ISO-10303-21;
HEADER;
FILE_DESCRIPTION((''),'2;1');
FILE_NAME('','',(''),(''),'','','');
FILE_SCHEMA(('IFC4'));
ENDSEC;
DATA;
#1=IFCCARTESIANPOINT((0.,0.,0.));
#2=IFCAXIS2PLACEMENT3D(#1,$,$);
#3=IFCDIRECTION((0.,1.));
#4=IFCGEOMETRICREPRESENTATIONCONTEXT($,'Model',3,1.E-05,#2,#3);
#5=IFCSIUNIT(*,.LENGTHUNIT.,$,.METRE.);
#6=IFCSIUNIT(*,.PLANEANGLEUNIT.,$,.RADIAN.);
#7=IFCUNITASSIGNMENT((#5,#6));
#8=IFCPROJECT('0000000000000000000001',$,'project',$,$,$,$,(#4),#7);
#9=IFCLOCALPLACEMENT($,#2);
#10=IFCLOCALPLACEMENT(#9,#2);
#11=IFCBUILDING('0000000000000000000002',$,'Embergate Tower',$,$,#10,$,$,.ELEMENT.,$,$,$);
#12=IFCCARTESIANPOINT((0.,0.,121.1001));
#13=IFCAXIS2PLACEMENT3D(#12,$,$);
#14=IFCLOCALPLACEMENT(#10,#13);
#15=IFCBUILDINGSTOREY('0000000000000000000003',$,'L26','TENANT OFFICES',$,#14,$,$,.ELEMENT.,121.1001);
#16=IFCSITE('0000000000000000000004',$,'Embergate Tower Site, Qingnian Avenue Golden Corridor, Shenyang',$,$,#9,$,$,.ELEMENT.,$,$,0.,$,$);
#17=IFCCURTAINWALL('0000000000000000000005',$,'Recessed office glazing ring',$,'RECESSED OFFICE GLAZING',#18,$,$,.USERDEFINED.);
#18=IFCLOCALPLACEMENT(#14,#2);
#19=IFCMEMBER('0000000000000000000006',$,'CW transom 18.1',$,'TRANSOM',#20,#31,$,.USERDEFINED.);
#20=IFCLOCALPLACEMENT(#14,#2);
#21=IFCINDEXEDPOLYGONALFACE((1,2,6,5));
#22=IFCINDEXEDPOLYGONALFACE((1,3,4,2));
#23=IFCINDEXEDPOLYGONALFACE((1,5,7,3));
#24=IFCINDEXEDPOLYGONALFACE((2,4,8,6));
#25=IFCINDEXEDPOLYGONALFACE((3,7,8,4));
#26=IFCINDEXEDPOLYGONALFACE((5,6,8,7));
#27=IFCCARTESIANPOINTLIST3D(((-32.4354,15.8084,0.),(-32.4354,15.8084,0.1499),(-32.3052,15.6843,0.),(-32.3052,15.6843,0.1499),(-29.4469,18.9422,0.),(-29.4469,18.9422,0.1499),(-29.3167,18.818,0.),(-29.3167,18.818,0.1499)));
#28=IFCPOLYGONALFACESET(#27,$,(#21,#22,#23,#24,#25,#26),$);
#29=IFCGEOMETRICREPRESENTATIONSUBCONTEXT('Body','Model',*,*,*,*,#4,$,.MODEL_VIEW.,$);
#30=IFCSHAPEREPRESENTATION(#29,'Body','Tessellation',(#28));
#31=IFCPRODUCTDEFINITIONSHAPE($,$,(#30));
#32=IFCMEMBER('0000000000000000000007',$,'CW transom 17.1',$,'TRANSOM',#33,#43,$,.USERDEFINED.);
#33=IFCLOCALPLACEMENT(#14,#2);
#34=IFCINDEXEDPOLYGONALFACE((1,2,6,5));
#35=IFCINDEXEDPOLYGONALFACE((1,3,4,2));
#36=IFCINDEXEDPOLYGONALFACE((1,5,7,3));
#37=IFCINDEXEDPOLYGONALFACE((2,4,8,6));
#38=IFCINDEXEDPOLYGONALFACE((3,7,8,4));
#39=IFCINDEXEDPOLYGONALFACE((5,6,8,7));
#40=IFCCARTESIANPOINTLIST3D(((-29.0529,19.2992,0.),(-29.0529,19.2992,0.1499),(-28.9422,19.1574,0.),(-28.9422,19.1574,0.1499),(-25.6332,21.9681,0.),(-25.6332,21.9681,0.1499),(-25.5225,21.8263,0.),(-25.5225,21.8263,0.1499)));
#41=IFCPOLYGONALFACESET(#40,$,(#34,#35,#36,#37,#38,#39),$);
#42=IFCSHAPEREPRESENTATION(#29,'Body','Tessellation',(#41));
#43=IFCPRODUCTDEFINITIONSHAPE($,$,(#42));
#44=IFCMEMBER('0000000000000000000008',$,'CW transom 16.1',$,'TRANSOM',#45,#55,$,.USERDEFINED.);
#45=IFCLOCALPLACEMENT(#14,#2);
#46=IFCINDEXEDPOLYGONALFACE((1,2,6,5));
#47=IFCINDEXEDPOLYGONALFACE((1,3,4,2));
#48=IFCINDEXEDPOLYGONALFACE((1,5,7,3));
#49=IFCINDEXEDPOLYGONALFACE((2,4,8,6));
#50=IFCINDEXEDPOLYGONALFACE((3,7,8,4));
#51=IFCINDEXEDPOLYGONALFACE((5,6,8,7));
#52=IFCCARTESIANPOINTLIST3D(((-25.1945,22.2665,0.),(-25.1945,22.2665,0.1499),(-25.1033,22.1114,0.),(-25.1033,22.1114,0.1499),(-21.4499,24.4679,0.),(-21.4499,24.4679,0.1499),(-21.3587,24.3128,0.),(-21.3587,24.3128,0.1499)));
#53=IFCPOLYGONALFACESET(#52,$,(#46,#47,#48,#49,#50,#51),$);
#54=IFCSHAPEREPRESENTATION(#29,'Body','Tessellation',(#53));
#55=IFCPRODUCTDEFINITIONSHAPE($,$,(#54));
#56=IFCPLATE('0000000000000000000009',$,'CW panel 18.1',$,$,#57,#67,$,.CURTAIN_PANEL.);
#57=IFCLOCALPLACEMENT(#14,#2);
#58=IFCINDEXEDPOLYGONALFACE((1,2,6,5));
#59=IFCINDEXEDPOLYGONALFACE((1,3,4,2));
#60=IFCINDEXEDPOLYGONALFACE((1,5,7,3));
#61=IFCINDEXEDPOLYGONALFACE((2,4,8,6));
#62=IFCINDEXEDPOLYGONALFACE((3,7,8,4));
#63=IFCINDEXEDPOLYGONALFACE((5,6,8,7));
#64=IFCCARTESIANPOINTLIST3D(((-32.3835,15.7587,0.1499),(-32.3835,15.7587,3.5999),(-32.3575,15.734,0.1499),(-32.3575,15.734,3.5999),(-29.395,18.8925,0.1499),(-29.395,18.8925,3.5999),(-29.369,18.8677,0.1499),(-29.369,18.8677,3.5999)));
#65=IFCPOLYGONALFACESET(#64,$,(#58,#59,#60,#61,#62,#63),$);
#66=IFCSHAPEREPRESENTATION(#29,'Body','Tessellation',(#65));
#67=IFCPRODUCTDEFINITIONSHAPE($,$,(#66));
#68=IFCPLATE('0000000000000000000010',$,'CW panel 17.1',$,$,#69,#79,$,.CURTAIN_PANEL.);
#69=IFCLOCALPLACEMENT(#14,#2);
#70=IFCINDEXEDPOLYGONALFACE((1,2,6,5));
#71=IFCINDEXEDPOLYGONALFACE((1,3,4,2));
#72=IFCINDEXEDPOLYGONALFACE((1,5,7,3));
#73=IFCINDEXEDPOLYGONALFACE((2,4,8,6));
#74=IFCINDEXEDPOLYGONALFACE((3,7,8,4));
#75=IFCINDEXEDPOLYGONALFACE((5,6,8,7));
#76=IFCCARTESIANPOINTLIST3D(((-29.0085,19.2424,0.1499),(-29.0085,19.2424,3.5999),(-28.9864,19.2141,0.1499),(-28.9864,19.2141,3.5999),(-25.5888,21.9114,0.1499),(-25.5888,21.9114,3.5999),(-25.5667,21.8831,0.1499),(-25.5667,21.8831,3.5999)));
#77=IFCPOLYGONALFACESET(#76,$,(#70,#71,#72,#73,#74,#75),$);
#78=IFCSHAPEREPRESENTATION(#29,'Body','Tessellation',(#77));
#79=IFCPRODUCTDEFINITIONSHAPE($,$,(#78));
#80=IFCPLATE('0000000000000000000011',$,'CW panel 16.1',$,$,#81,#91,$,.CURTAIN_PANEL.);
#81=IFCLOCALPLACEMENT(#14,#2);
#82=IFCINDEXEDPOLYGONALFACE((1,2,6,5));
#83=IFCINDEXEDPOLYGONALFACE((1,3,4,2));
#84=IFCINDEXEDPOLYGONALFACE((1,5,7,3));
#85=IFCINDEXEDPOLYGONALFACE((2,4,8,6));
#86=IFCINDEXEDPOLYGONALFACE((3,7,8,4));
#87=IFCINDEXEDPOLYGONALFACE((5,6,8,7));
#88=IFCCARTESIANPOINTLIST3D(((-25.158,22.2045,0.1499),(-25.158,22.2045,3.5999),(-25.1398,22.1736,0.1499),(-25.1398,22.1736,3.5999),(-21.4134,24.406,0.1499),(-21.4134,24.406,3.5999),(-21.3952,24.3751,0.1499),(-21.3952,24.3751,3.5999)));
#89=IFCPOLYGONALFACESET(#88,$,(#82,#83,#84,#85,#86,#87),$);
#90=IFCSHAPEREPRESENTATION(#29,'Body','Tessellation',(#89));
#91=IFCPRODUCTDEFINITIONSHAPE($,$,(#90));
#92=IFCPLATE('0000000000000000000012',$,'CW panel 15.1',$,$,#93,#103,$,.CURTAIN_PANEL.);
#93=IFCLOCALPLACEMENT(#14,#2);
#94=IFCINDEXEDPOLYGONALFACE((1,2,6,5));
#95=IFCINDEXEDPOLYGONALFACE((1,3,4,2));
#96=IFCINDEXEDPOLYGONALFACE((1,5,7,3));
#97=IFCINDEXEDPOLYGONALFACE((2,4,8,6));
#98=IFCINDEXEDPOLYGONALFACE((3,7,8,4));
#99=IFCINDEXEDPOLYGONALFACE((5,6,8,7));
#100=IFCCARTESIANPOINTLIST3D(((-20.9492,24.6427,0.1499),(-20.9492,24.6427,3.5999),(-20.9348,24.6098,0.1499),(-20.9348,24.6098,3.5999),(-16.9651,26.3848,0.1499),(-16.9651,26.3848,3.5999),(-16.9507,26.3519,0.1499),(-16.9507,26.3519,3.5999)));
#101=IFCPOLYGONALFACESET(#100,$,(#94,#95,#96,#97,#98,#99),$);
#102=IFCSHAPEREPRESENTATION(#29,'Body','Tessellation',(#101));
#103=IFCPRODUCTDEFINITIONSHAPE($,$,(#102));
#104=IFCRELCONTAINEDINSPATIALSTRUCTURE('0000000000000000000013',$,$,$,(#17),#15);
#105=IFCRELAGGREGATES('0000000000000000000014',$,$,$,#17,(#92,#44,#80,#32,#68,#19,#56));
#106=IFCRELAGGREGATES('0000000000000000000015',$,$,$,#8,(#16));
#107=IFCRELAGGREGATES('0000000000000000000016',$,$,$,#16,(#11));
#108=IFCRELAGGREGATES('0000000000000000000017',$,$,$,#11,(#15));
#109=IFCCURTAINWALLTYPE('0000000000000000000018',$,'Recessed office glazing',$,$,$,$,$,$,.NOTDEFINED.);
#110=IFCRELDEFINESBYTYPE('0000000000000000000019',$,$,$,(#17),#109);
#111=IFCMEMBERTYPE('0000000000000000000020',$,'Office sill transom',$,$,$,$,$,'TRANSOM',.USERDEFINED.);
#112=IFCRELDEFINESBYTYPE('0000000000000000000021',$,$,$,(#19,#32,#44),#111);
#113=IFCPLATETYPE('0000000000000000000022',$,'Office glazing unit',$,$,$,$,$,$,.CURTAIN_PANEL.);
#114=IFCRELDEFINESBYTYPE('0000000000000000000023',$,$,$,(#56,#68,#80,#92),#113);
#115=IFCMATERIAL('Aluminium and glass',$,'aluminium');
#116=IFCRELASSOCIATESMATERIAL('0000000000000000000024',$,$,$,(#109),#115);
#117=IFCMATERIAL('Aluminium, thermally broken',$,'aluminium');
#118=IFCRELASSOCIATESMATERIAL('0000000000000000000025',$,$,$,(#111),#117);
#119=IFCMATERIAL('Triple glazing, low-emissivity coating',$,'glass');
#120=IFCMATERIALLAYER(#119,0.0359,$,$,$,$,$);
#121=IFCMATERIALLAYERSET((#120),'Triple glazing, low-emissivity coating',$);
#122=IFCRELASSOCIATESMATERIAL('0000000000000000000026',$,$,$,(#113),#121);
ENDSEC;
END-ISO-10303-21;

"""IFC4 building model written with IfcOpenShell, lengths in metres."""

from ifc_helpers import new_model, si_unit, direction, frame, origin, origin_2d, place, context, subcontext, project, spatial, rectangle, extrude, source, transform, mapped, material, layer, layer_set, material_profile, profile_set, type_object, element, aggregate, save


model = new_model("IFC4")

# Units and contexts
model_context = context("Model", 3, precision=1e-05, world=origin(), true_north=direction((0.0, 1.0)))
body_context = subcontext(model_context, "Body", "Model", "MODEL_VIEW")
ifc_project = project(units=[si_unit("LENGTHUNIT", "METRE"), si_unit("PLANEANGLEUNIT", "RADIAN")], contexts=[model_context])

# Site, building, storey
site_placement = place(None, origin())
site = spatial("IfcSite", under=ifc_project, at=site_placement, Name="Embergate Tower Site, Qingnian Avenue Golden Corridor, Shenyang", CompositionType="ELEMENT", RefElevation=0.0)
building_placement = place(site_placement, origin())
building = spatial("IfcBuilding", under=site, at=building_placement, Name="Embergate Tower", CompositionType="ELEMENT")
storey_placement = place(building_placement, frame((0.0, 0.0, 121.1001)))
storey = spatial("IfcBuildingStorey", under=building, at=storey_placement, Name="L26", Description="TENANT OFFICES", CompositionType="ELEMENT", Elevation=121.1001)

# Curtain wall, members, plates
ifc_material_1 = material(Name="Aluminium and glass", Category="aluminium")
curtain_wall_type = type_object("IfcCurtainWallType", Name="Recessed office glazing", PredefinedType="NOTDEFINED", material=ifc_material_1)
curtain_wall_placement = place(storey_placement, origin())
curtain_wall = element("IfcCurtainWall", 1, at=curtain_wall_placement, inside=storey, type_object=curtain_wall_type, Name="Recessed office glazing ring", ObjectType="RECESSED OFFICE GLAZING", PredefinedType="USERDEFINED")
ifc_material_2 = material(Name="Aluminium, thermally broken", Category="aluminium")
ifc_material_profile_1 = material_profile(ifc_material_2, rectangle(XDim=0.1799, YDim=0.1499, at=origin_2d()), Name="AL 150x180")
ifc_profile_set_1 = profile_set([ifc_material_profile_1], Name="Aluminium, thermally broken")
member_type_1 = type_object("IfcMemberType", Name="Office sill transom", ElementType="TRANSOM", PredefinedType="USERDEFINED", material=ifc_profile_set_1)
shared_shape_1 = source(origin(), body_context, "Body", "SweptSolid", [
    extrude(rectangle(XDim=0.1799, YDim=0.1499, at=origin_2d()), origin(), (0.0, 0.0, 1.0), 4.3303),
])
member_1_placement = place(storey_placement, frame((-29.3818, 18.8801, 0.075), z_axis=(-0.690135, -0.723681, 0.0), x_axis=(0.723681, -0.690135, 0.0)))
member_1 = element("IfcMember", 2, at=member_1_placement, type_object=member_type_1, Name="CW transom 18.1", ObjectType="TRANSOM", PredefinedType="USERDEFINED", context=body_context, shape_type="MappedRepresentation", body=[
    mapped(shared_shape_1, transform((0.0, 0.0, 0.0))),
])
shared_shape_2 = source(origin(), body_context, "Body", "SweptSolid", [
    extrude(rectangle(XDim=0.1799, YDim=0.1499, at=origin_2d()), origin(), (0.0, 0.0, 1.0), 4.3379),
])
member_2_placement = place(storey_placement, frame((-25.5779, 21.8972, 0.075), z_axis=(-0.788324, -0.615261, 0.0), x_axis=(0.615261, -0.788324, 0.0)))
member_2 = element("IfcMember", 3, at=member_2_placement, type_object=member_type_1, Name="CW transom 17.1", ObjectType="TRANSOM", PredefinedType="USERDEFINED", context=body_context, shape_type="MappedRepresentation", body=[
    mapped(shared_shape_2, transform((0.0, 0.0, 0.0))),
])
shared_shape_3 = source(origin(), body_context, "Body", "SweptSolid", [
    extrude(rectangle(XDim=0.1799, YDim=0.1499, at=origin_2d()), origin(), (0.0, 0.0, 1.0), 4.3438),
])
member_3_placement = place(storey_placement, frame((-21.4043, 24.3904, 0.075), z_axis=(-0.862066, -0.506797, 0.0), x_axis=(0.506797, -0.862066, 0.0)))
member_3 = element("IfcMember", 4, at=member_3_placement, type_object=member_type_1, Name="CW transom 16.1", ObjectType="TRANSOM", PredefinedType="USERDEFINED", context=body_context, shape_type="MappedRepresentation", body=[
    mapped(shared_shape_3, transform((0.0, 0.0, 0.0))),
])
ifc_material_3 = material(Name="Triple glazing, low-emissivity coating", Category="glass")
ifc_layer_1 = layer(ifc_material_3, 0.0359)
ifc_layer_set_1 = layer_set([ifc_layer_1], Name="Triple glazing, low-emissivity coating")
plate_type = type_object("IfcPlateType", Name="Office glazing unit", PredefinedType="CURTAIN_PANEL", material=ifc_layer_set_1)
shared_shape_4 = source(origin(), body_context, "Body", "SweptSolid", [
    extrude(rectangle(XDim=4.3303, YDim=0.0359, at=origin_2d()), origin(), (0.0, 0.0, 1.0), 3.45),
])
plate_1_placement = place(storey_placement, frame((-30.8762, 17.3132, 0.1499), z_axis=(0.0, 0.0, 1.0), x_axis=(-0.690135, -0.723681, 0.0)))
plate_1 = element("IfcPlate", 5, at=plate_1_placement, type_object=plate_type, Name="CW panel 18.1", PredefinedType="CURTAIN_PANEL", context=body_context, shape_type="MappedRepresentation", body=[
    mapped(shared_shape_4, transform((0.0, 0.0, 0.0))),
])
shared_shape_5 = source(origin(), body_context, "Body", "SweptSolid", [
    extrude(rectangle(XDim=4.3379, YDim=0.0359, at=origin_2d()), origin(), (0.0, 0.0, 1.0), 3.45),
])
plate_2_placement = place(storey_placement, frame((-27.2876, 20.5627, 0.1499), z_axis=(0.0, 0.0, 1.0), x_axis=(-0.78832, -0.615265, 0.0)))
plate_2 = element("IfcPlate", 6, at=plate_2_placement, type_object=plate_type, Name="CW panel 17.1", PredefinedType="CURTAIN_PANEL", context=body_context, shape_type="MappedRepresentation", body=[
    mapped(shared_shape_5, transform((0.0, 0.0, 0.0))),
])
shared_shape_6 = source(origin(), body_context, "Body", "SweptSolid", [
    extrude(rectangle(XDim=4.3438, YDim=0.0359, at=origin_2d()), origin(), (0.0, 0.0, 1.0), 3.45),
])
plate_3_placement = place(storey_placement, frame((-23.2766, 23.2898, 0.1499), z_axis=(0.0, 0.0, 1.0), x_axis=(-0.862053, -0.506818, 0.0)))
plate_3 = element("IfcPlate", 7, at=plate_3_placement, type_object=plate_type, Name="CW panel 16.1", PredefinedType="CURTAIN_PANEL", context=body_context, shape_type="MappedRepresentation", body=[
    mapped(shared_shape_6, transform((0.0, 0.0, 0.0))),
])
shared_shape_7 = source(origin(), body_context, "Body", "SweptSolid", [
    extrude(rectangle(XDim=4.3484, YDim=0.0359, at=origin_2d()), origin(), (0.0, 0.0, 1.0), 3.45),
])
plate_4_placement = place(storey_placement, frame((-18.95, 25.4973, 0.1499), z_axis=(0.0, 0.0, 1.0), x_axis=(-0.916236, -0.400638, 0.0)))
plate_4 = element("IfcPlate", 8, at=plate_4_placement, type_object=plate_type, Name="CW panel 15.1", PredefinedType="CURTAIN_PANEL", context=body_context, shape_type="MappedRepresentation", body=[
    mapped(shared_shape_7, transform((0.0, 0.0, 0.0))),
])
aggregate(curtain_wall, [plate_4, member_3, plate_3, member_2, plate_2, member_1, plate_1])

save(model, "model.ifc")
